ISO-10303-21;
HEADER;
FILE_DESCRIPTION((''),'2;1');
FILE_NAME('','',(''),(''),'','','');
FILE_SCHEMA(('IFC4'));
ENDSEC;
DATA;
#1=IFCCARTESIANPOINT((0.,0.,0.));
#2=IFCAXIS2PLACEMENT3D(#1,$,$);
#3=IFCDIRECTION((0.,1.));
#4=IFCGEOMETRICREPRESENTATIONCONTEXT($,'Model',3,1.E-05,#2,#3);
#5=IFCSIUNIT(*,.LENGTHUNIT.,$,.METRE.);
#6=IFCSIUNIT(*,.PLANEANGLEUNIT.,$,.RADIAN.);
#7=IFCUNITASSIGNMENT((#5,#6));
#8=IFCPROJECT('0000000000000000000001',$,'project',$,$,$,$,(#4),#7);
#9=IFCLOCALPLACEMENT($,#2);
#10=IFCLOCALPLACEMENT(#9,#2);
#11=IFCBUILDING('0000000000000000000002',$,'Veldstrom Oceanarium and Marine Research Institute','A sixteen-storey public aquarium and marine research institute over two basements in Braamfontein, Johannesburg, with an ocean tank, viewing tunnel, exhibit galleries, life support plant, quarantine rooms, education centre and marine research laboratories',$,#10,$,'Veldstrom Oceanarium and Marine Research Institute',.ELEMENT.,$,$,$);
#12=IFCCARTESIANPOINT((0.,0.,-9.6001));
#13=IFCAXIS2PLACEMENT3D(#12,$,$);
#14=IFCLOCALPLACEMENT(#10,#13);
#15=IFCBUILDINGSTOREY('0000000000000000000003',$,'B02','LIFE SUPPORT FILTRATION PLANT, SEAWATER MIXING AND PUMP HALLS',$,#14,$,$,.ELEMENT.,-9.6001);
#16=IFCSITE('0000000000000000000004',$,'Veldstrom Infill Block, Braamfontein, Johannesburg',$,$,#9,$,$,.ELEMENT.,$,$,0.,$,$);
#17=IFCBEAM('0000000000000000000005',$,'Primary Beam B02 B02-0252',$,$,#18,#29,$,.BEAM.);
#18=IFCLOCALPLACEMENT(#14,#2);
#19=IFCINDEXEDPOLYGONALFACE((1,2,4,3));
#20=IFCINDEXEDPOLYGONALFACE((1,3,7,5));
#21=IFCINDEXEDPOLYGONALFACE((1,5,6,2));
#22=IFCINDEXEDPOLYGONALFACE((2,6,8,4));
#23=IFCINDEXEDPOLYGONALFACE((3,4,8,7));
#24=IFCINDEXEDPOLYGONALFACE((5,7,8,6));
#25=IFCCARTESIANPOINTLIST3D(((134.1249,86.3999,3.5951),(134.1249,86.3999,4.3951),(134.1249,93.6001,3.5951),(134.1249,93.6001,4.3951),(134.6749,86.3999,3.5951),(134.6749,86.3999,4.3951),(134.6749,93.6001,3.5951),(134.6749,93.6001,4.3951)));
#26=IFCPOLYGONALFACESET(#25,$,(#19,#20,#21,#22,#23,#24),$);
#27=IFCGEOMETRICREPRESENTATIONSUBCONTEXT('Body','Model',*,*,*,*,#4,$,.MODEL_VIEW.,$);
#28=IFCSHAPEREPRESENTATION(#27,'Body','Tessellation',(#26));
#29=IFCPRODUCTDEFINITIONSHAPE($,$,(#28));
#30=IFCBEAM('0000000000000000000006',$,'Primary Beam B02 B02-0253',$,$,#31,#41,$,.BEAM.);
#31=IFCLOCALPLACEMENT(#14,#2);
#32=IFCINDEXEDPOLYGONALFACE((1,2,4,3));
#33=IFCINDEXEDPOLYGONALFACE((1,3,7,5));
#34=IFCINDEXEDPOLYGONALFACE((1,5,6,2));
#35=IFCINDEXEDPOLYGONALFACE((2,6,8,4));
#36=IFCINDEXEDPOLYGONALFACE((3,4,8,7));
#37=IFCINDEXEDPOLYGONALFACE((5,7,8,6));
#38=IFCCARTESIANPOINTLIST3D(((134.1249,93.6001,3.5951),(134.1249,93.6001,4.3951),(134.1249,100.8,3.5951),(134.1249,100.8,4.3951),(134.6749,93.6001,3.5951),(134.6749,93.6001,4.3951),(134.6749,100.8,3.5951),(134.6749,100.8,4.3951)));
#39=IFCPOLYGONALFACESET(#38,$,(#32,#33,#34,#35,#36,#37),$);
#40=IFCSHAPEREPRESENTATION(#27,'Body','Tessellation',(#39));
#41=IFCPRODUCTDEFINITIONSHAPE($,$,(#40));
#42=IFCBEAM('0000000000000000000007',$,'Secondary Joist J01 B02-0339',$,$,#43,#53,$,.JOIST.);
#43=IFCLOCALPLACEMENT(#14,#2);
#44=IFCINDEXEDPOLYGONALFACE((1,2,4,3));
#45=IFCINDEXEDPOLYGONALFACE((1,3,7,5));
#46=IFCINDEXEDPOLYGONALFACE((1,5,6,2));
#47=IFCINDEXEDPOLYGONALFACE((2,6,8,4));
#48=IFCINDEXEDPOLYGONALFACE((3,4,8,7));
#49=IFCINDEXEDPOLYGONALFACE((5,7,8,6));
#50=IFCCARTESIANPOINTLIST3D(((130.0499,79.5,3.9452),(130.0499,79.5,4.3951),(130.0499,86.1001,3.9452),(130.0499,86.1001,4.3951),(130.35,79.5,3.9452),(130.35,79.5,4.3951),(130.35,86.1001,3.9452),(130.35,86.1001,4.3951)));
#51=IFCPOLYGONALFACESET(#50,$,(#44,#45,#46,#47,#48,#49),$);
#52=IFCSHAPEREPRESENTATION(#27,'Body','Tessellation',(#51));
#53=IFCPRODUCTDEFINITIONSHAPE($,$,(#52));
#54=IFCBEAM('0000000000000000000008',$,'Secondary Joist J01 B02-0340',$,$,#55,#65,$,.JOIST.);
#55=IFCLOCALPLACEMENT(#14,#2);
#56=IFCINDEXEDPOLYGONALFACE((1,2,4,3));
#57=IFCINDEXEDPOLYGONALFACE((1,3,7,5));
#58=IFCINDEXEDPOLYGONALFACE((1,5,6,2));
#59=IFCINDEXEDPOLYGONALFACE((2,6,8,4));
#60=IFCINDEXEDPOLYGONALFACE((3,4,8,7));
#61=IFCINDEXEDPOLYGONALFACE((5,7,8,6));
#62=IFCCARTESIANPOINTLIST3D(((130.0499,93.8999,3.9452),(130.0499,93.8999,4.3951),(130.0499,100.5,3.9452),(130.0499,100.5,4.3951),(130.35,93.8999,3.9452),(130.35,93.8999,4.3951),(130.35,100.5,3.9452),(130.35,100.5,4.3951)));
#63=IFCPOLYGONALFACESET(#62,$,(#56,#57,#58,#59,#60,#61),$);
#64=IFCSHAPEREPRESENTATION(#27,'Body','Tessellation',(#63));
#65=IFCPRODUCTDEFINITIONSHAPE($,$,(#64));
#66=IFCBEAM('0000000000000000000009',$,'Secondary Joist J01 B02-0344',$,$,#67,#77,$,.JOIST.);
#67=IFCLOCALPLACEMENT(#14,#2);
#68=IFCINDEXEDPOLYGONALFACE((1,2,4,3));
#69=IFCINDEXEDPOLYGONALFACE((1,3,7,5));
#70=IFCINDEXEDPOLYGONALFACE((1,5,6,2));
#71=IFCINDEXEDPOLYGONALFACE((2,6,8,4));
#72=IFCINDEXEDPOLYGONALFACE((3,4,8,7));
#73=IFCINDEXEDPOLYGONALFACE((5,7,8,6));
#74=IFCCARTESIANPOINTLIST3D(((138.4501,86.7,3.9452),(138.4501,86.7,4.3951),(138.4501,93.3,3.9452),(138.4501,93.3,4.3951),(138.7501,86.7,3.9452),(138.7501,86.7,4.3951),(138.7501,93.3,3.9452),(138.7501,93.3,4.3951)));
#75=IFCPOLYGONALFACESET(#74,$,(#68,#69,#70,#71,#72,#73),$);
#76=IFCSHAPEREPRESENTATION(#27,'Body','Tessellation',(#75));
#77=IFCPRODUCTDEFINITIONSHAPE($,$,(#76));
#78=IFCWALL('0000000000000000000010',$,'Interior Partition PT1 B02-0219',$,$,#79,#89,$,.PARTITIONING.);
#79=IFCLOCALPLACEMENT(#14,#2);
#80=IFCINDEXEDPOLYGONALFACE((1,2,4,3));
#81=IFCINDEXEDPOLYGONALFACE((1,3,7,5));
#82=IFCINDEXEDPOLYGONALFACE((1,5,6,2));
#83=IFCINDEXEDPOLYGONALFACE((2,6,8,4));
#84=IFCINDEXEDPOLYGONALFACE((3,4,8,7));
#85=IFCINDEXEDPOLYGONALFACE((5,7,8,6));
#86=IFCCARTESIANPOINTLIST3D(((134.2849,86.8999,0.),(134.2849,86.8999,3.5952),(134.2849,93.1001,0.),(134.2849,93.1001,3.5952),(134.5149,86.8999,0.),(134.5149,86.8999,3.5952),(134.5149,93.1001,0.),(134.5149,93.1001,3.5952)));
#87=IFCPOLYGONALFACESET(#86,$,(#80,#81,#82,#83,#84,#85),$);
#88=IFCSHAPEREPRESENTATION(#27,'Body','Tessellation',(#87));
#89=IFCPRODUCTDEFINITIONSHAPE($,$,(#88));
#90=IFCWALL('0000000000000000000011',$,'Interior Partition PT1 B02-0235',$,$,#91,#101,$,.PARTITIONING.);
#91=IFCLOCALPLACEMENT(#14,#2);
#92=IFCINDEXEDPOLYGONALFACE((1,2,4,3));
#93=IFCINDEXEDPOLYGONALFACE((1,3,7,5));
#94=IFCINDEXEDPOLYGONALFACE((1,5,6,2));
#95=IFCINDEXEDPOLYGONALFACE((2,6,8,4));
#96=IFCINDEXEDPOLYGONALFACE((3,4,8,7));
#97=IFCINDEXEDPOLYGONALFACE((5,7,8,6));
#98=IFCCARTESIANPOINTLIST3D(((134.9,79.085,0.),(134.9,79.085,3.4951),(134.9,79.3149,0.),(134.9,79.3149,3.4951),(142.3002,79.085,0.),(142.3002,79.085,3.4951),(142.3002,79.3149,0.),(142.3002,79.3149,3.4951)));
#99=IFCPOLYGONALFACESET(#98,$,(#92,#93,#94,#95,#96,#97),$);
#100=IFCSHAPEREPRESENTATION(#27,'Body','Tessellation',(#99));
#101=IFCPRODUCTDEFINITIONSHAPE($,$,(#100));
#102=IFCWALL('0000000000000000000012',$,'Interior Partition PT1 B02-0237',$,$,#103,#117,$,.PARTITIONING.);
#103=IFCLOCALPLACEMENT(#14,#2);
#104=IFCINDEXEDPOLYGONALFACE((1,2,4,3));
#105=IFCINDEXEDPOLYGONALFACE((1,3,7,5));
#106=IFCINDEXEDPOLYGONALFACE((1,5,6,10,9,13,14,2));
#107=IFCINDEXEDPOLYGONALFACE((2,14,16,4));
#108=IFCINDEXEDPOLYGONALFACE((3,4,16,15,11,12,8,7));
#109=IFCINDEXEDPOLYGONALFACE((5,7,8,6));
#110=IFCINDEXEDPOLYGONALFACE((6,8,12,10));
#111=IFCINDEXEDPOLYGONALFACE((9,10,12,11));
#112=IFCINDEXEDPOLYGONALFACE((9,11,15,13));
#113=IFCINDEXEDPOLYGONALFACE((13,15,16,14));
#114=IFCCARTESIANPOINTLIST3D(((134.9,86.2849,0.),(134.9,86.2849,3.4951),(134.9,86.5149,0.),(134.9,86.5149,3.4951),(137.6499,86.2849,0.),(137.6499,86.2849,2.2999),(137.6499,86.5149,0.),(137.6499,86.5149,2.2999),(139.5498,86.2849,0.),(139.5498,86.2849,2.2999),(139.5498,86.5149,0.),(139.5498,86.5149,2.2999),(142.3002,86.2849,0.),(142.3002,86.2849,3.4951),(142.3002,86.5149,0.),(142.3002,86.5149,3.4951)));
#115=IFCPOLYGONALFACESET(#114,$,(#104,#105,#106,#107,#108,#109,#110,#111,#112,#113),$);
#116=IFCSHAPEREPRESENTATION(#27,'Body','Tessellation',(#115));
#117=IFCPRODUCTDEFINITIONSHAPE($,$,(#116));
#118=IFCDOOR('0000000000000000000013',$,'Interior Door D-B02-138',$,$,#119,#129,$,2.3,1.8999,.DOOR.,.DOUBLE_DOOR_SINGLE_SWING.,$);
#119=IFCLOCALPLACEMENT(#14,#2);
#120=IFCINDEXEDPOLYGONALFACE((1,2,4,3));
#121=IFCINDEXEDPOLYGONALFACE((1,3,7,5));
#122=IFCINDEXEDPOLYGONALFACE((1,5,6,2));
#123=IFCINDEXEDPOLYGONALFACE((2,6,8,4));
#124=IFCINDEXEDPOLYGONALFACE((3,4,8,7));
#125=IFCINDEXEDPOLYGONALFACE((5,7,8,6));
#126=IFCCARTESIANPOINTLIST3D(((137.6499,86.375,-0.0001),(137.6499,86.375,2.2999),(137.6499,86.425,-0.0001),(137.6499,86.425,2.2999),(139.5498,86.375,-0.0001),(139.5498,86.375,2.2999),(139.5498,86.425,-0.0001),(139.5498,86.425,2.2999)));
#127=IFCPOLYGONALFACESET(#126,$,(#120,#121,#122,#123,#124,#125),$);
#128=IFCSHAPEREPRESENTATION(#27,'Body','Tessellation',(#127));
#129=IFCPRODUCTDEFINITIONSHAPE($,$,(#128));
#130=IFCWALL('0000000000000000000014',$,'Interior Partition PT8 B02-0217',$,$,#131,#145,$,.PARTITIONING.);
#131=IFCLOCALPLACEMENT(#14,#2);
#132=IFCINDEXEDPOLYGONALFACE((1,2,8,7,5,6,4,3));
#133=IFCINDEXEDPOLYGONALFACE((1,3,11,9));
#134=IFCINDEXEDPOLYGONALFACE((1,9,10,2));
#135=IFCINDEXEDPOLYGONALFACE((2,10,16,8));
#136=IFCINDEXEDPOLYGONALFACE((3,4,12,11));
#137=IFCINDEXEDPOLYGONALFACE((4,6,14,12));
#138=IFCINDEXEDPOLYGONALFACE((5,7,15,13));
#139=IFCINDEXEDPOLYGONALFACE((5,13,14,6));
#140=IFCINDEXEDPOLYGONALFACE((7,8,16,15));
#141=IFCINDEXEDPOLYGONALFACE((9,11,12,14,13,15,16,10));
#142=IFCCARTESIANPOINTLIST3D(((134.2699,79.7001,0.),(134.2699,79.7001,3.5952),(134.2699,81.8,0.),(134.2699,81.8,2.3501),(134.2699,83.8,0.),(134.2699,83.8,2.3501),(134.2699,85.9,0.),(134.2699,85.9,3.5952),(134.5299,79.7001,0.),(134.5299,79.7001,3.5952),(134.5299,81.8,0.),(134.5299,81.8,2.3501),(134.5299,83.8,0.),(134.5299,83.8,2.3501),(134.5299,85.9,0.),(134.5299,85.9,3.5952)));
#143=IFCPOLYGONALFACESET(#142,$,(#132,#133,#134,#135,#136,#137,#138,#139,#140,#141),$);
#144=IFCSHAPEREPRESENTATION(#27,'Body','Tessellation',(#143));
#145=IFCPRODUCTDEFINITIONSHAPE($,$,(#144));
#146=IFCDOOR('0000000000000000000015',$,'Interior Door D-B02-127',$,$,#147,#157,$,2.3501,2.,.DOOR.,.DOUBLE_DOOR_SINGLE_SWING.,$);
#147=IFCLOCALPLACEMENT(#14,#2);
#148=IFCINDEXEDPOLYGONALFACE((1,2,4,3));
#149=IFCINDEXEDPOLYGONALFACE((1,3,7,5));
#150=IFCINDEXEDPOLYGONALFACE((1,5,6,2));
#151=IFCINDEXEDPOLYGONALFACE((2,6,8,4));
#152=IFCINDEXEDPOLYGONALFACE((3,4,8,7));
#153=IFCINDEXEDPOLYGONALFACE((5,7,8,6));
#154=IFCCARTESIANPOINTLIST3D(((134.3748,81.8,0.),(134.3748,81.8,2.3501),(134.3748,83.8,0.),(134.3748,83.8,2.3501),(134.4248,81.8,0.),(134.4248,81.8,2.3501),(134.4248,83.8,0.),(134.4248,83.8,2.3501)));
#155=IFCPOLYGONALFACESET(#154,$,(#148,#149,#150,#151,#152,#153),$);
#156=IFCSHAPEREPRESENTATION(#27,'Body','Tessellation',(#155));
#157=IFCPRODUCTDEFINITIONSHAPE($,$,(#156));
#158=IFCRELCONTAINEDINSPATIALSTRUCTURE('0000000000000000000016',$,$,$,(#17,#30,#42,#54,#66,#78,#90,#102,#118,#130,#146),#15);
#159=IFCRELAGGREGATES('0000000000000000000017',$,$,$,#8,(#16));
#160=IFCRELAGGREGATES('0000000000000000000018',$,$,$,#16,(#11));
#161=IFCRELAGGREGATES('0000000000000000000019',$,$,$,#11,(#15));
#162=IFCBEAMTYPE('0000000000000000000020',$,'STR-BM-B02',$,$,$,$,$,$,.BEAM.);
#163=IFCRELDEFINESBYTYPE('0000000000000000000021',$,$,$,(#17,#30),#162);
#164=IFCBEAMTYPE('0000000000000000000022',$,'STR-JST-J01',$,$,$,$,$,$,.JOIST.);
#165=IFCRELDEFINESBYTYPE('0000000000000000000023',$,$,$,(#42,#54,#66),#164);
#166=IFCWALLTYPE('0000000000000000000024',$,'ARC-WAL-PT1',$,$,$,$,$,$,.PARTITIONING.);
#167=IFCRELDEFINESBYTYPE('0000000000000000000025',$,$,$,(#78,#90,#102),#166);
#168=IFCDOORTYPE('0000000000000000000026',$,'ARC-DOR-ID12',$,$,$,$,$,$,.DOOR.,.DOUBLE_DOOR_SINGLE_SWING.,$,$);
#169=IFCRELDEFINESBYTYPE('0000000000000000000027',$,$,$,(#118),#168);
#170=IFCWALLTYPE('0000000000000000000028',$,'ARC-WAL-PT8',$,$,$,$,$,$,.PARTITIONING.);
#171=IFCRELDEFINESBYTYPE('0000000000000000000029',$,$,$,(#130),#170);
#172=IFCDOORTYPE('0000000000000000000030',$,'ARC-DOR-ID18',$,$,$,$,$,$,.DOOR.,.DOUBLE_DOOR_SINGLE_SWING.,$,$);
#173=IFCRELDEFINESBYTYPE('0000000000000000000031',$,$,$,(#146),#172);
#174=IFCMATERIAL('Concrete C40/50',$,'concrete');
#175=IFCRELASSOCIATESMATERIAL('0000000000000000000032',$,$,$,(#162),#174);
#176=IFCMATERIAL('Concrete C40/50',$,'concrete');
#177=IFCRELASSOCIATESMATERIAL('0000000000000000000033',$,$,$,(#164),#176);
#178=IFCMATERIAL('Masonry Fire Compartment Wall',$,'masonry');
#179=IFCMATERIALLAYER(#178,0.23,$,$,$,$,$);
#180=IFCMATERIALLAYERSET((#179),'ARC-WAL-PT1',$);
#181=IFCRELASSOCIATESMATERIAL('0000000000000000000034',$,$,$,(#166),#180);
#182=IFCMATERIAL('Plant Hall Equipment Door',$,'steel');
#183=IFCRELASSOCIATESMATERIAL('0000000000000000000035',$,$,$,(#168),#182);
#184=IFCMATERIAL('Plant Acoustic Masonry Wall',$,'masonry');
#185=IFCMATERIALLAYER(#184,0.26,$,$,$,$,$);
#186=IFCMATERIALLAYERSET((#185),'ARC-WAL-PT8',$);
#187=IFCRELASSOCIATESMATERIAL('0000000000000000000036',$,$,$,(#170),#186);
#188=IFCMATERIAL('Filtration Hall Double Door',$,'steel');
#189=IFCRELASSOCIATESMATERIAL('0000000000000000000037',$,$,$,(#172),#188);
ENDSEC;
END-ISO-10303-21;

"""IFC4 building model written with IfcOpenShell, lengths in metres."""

from ifc_helpers import new_model, si_unit, direction, frame, frame_2d, origin, origin_2d, place, context, subcontext, project, spatial, rectangle, extrude, material, layer, layer_set, material_profile, profile_set, type_object, element, fill, save


model = new_model("IFC4")

# Units and contexts
model_context = context("Model", 3, precision=1e-05, world=origin(), true_north=direction((0.0, 1.0)))
body_context = subcontext(model_context, "Body", "Model", "MODEL_VIEW")
ifc_project = project(units=[si_unit("LENGTHUNIT", "METRE"), si_unit("PLANEANGLEUNIT", "RADIAN")], contexts=[model_context])

# Site, building, storey
site_placement = place(None, origin())
site = spatial("IfcSite", under=ifc_project, at=site_placement, Name="Veldstrom Infill Block, Braamfontein, Johannesburg", CompositionType="ELEMENT", RefElevation=0.0)
building_placement = place(site_placement, origin())
building = spatial("IfcBuilding", under=site, at=building_placement, Name="Veldstrom Oceanarium and Marine Research Institute", Description="A sixteen-storey public aquarium and marine research institute over two basements in Braamfontein, Johannesburg, with an ocean tank, viewing tunnel, exhibit galleries, life support plant, quarantine rooms, education centre and marine research laboratories", LongName="Veldstrom Oceanarium and Marine Research Institute", CompositionType="ELEMENT")
storey_placement = place(building_placement, frame((0.0, 0.0, -9.6001)))
storey = spatial("IfcBuildingStorey", under=building, at=storey_placement, Name="B02", Description="LIFE SUPPORT FILTRATION PLANT, SEAWATER MIXING AND PUMP HALLS", CompositionType="ELEMENT", Elevation=-9.6001)

# Beams
ifc_material_1 = material(Name="Concrete C40/50", Category="concrete")
ifc_material_profile_1 = material_profile(ifc_material_1, rectangle(XDim=0.55, YDim=0.8, at=origin_2d()), Name="RC-BM-550x800")
ifc_profile_set_1 = profile_set([ifc_material_profile_1], Name="Concrete C40/50")
beam_type_1 = type_object("IfcBeamType", Name="STR-BM-B02", PredefinedType="BEAM", material=ifc_profile_set_1)
beam_1_placement = place(storey_placement, frame((134.3999, 86.3999, 3.9951), z_axis=(0.0, 1.0, 0.0), x_axis=(-1.0, 0.0, 0.0)))
element("IfcBeam", 1, at=beam_1_placement, inside=storey, type_object=beam_type_1, Name="Primary Beam B02 B02-0252", PredefinedType="BEAM", context=body_context, shape_type="SweptSolid", body=[
    extrude(rectangle(XDim=0.55, YDim=0.8, at=origin_2d()), origin(), (0.0, 0.0, 1.0), 7.2002),
])
beam_2_placement = place(storey_placement, frame((134.3999, 93.6001, 3.9951), z_axis=(0.0, 1.0, 0.0), x_axis=(-1.0, 0.0, 0.0)))
element("IfcBeam", 2, at=beam_2_placement, inside=storey, type_object=beam_type_1, Name="Primary Beam B02 B02-0253", PredefinedType="BEAM", context=body_context, shape_type="SweptSolid", body=[
    extrude(rectangle(XDim=0.55, YDim=0.8, at=origin_2d()), origin(), (0.0, 0.0, 1.0), 7.2),
])
ifc_material_2 = material(Name="Concrete C40/50", Category="concrete")
ifc_material_profile_2 = material_profile(ifc_material_2, rectangle(XDim=0.3, YDim=0.45, at=origin_2d()), Name="RC-JST-300x450")
ifc_profile_set_2 = profile_set([ifc_material_profile_2], Name="Concrete C40/50")
beam_type_2 = type_object("IfcBeamType", Name="STR-JST-J01", PredefinedType="JOIST", material=ifc_profile_set_2)
for number, where, z_axis, x_axis, name in (
    (3, (130.2, 79.5, 4.1702), (0.0, 1.0, 0.0), (-1.0, 0.0, 0.0), "Secondary Joist J01 B02-0339"),
    (4, (130.2, 93.8999, 4.1702), (0.0, 1.0, 0.0), (-1.0, 0.0, 0.0), "Secondary Joist J01 B02-0340"),
    (5, (138.6001, 86.7, 4.1702), (0.0, 1.0, 0.0), (-1.0, 0.0, 0.0), "Secondary Joist J01 B02-0344"),
):
    element("IfcBeam", number, at=place(storey_placement, frame(where, z_axis=z_axis, x_axis=x_axis)), inside=storey, type_object=beam_type_2, Name=name, PredefinedType="JOIST", context=body_context, shape_type="SweptSolid", body=[
        extrude(rectangle(XDim=0.3, YDim=0.45, at=origin_2d()), origin(), (0.0, 0.0, 1.0), 6.6001),
    ])

# Walls
ifc_material_3 = material(Name="Masonry Fire Compartment Wall", Category="masonry")
ifc_layer_1 = layer(ifc_material_3, 0.23)
ifc_layer_set_1 = layer_set([ifc_layer_1], Name="ARC-WAL-PT1")
wall_type_1 = type_object("IfcWallType", Name="ARC-WAL-PT1", PredefinedType="PARTITIONING", material=ifc_layer_set_1)
wall_1_placement = place(storey_placement, frame((134.3999, 86.8999, 0.0), z_axis=(0.0, 0.0, 1.0), x_axis=(0.0, 1.0, 0.0)))
element("IfcWall", 6, at=wall_1_placement, inside=storey, type_object=wall_type_1, Name="Interior Partition PT1 B02-0219", PredefinedType="PARTITIONING", context=body_context, shape_type="SweptSolid", body=[
    extrude(rectangle(XDim=6.2002, YDim=0.23, at=frame_2d((3.1001, 0.0))), origin(), (0.0, 0.0, 1.0), 3.5952),
])
wall_2_placement = place(storey_placement, frame((134.8999, 79.2, 0.0), z_axis=(0.0, 0.0, 1.0), x_axis=(1.0, 0.0, 0.0)))
element("IfcWall", 7, at=wall_2_placement, inside=storey, type_object=wall_type_1, Name="Interior Partition PT1 B02-0235", PredefinedType="PARTITIONING", context=body_context, shape_type="SweptSolid", body=[
    extrude(rectangle(XDim=7.4001, YDim=0.23, at=frame_2d((3.7002, 0.0))), origin(), (0.0, 0.0, 1.0), 3.4951),
])

# Walls, openings, doors
wall_3_placement = place(storey_placement, frame((134.8999, 86.3999, 0.0), z_axis=(0.0, 0.0, 1.0), x_axis=(1.0, 0.0, 0.0)))
wall_3 = element("IfcWall", 8, at=wall_3_placement, inside=storey, type_object=wall_type_1, Name="Interior Partition PT1 B02-0237", PredefinedType="PARTITIONING", context=body_context, shape_type="SweptSolid", body=[
    extrude(rectangle(XDim=7.4001, YDim=0.23, at=frame_2d((3.7002, 0.0))), origin(), (0.0, 0.0, 1.0), 3.4951),
])
opening_1_placement = place(wall_3_placement, frame((2.75, 0.0, 0.0)))
opening_1 = element("IfcOpeningElement", 9, at=opening_1_placement, cuts=wall_3, PredefinedType="OPENING", context=body_context, shape_type="SweptSolid", body=[
    extrude(rectangle(XDim=1.8999, YDim=2.3, at=frame_2d((0.95, 1.1499))), frame((0.0, 0.125, 0.0), z_axis=(0.0, -1.0, 0.0), x_axis=(1.0, 0.0, 0.0)), (0.0, 0.0, 1.0), 0.25),
])
ifc_material_4 = material(Name="Plant Hall Equipment Door", Category="steel")
door_type_1 = type_object("IfcDoorType", Name="ARC-DOR-ID12", OperationType="DOUBLE_DOOR_SINGLE_SWING", PredefinedType="DOOR", material=ifc_material_4)
door_1_placement = place(opening_1_placement, frame((1.8999, 0.0, 0.0), z_axis=(0.0, 0.0, 1.0), x_axis=(-1.0, 0.0, 0.0)))
door_1 = element("IfcDoor", 10, at=door_1_placement, inside=storey, type_object=door_type_1, Name="Interior Door D-B02-138", OperationType="DOUBLE_DOOR_SINGLE_SWING", OverallHeight=2.3, OverallWidth=1.8999, PredefinedType="DOOR", context=body_context, shape_type="SweptSolid", body=[
    extrude(rectangle(XDim=1.8999, YDim=2.3, at=frame_2d((0.95, 1.1499))), frame((0.0, 0.0249, 0.0), z_axis=(0.0, -1.0, 0.0), x_axis=(1.0, 0.0, 0.0)), (0.0, 0.0, 1.0), 0.05),
])
fill(opening_1, door_1)
ifc_material_5 = material(Name="Plant Acoustic Masonry Wall", Category="masonry")
ifc_layer_2 = layer(ifc_material_5, 0.26)
ifc_layer_set_2 = layer_set([ifc_layer_2], Name="ARC-WAL-PT8")
wall_type_2 = type_object("IfcWallType", Name="ARC-WAL-PT8", PredefinedType="PARTITIONING", material=ifc_layer_set_2)
wall_4_placement = place(storey_placement, frame((134.3999, 79.7, 0.0), z_axis=(0.0, 0.0, 1.0), x_axis=(0.0, 1.0, 0.0)))
wall_4 = element("IfcWall", 11, at=wall_4_placement, inside=storey, type_object=wall_type_2, Name="Interior Partition PT8 B02-0217", PredefinedType="PARTITIONING", context=body_context, shape_type="SweptSolid", body=[
    extrude(rectangle(XDim=6.2, YDim=0.26, at=frame_2d((3.1001, 0.0))), origin(), (0.0, 0.0, 1.0), 3.5952),
])
opening_2_placement = place(wall_4_placement, frame((2.1001, 0.0, 0.0)))
opening_2 = element("IfcOpeningElement", 12, at=opening_2_placement, cuts=wall_4, PredefinedType="OPENING", context=body_context, shape_type="SweptSolid", body=[
    extrude(rectangle(XDim=2.0, YDim=2.3501, at=frame_2d((1.0, 1.175))), frame((0.0, 0.1399, 0.0), z_axis=(0.0, -1.0, 0.0), x_axis=(1.0, 0.0, 0.0)), (0.0, 0.0, 1.0), 0.28),
])
ifc_material_6 = material(Name="Filtration Hall Double Door", Category="steel")
door_type_2 = type_object("IfcDoorType", Name="ARC-DOR-ID18", OperationType="DOUBLE_DOOR_SINGLE_SWING", PredefinedType="DOOR", material=ifc_material_6)
door_2_placement = place(opening_2_placement, frame((2.0, 0.0, 0.0), z_axis=(0.0, 0.0, 1.0), x_axis=(-1.0, 0.0, 0.0)))
door_2 = element("IfcDoor", 13, at=door_2_placement, inside=storey, type_object=door_type_2, Name="Interior Door D-B02-127", OperationType="DOUBLE_DOOR_SINGLE_SWING", OverallHeight=2.3501, OverallWidth=2.0, PredefinedType="DOOR", context=body_context, shape_type="SweptSolid", body=[
    extrude(rectangle(XDim=2.0, YDim=2.3501, at=frame_2d((1.0, 1.175))), frame((0.0, 0.0249, 0.0), z_axis=(0.0, -1.0, 0.0), x_axis=(1.0, 0.0, 0.0)), (0.0, 0.0, 1.0), 0.05),
])
fill(opening_2, door_2)

save(model, "model.ifc")
